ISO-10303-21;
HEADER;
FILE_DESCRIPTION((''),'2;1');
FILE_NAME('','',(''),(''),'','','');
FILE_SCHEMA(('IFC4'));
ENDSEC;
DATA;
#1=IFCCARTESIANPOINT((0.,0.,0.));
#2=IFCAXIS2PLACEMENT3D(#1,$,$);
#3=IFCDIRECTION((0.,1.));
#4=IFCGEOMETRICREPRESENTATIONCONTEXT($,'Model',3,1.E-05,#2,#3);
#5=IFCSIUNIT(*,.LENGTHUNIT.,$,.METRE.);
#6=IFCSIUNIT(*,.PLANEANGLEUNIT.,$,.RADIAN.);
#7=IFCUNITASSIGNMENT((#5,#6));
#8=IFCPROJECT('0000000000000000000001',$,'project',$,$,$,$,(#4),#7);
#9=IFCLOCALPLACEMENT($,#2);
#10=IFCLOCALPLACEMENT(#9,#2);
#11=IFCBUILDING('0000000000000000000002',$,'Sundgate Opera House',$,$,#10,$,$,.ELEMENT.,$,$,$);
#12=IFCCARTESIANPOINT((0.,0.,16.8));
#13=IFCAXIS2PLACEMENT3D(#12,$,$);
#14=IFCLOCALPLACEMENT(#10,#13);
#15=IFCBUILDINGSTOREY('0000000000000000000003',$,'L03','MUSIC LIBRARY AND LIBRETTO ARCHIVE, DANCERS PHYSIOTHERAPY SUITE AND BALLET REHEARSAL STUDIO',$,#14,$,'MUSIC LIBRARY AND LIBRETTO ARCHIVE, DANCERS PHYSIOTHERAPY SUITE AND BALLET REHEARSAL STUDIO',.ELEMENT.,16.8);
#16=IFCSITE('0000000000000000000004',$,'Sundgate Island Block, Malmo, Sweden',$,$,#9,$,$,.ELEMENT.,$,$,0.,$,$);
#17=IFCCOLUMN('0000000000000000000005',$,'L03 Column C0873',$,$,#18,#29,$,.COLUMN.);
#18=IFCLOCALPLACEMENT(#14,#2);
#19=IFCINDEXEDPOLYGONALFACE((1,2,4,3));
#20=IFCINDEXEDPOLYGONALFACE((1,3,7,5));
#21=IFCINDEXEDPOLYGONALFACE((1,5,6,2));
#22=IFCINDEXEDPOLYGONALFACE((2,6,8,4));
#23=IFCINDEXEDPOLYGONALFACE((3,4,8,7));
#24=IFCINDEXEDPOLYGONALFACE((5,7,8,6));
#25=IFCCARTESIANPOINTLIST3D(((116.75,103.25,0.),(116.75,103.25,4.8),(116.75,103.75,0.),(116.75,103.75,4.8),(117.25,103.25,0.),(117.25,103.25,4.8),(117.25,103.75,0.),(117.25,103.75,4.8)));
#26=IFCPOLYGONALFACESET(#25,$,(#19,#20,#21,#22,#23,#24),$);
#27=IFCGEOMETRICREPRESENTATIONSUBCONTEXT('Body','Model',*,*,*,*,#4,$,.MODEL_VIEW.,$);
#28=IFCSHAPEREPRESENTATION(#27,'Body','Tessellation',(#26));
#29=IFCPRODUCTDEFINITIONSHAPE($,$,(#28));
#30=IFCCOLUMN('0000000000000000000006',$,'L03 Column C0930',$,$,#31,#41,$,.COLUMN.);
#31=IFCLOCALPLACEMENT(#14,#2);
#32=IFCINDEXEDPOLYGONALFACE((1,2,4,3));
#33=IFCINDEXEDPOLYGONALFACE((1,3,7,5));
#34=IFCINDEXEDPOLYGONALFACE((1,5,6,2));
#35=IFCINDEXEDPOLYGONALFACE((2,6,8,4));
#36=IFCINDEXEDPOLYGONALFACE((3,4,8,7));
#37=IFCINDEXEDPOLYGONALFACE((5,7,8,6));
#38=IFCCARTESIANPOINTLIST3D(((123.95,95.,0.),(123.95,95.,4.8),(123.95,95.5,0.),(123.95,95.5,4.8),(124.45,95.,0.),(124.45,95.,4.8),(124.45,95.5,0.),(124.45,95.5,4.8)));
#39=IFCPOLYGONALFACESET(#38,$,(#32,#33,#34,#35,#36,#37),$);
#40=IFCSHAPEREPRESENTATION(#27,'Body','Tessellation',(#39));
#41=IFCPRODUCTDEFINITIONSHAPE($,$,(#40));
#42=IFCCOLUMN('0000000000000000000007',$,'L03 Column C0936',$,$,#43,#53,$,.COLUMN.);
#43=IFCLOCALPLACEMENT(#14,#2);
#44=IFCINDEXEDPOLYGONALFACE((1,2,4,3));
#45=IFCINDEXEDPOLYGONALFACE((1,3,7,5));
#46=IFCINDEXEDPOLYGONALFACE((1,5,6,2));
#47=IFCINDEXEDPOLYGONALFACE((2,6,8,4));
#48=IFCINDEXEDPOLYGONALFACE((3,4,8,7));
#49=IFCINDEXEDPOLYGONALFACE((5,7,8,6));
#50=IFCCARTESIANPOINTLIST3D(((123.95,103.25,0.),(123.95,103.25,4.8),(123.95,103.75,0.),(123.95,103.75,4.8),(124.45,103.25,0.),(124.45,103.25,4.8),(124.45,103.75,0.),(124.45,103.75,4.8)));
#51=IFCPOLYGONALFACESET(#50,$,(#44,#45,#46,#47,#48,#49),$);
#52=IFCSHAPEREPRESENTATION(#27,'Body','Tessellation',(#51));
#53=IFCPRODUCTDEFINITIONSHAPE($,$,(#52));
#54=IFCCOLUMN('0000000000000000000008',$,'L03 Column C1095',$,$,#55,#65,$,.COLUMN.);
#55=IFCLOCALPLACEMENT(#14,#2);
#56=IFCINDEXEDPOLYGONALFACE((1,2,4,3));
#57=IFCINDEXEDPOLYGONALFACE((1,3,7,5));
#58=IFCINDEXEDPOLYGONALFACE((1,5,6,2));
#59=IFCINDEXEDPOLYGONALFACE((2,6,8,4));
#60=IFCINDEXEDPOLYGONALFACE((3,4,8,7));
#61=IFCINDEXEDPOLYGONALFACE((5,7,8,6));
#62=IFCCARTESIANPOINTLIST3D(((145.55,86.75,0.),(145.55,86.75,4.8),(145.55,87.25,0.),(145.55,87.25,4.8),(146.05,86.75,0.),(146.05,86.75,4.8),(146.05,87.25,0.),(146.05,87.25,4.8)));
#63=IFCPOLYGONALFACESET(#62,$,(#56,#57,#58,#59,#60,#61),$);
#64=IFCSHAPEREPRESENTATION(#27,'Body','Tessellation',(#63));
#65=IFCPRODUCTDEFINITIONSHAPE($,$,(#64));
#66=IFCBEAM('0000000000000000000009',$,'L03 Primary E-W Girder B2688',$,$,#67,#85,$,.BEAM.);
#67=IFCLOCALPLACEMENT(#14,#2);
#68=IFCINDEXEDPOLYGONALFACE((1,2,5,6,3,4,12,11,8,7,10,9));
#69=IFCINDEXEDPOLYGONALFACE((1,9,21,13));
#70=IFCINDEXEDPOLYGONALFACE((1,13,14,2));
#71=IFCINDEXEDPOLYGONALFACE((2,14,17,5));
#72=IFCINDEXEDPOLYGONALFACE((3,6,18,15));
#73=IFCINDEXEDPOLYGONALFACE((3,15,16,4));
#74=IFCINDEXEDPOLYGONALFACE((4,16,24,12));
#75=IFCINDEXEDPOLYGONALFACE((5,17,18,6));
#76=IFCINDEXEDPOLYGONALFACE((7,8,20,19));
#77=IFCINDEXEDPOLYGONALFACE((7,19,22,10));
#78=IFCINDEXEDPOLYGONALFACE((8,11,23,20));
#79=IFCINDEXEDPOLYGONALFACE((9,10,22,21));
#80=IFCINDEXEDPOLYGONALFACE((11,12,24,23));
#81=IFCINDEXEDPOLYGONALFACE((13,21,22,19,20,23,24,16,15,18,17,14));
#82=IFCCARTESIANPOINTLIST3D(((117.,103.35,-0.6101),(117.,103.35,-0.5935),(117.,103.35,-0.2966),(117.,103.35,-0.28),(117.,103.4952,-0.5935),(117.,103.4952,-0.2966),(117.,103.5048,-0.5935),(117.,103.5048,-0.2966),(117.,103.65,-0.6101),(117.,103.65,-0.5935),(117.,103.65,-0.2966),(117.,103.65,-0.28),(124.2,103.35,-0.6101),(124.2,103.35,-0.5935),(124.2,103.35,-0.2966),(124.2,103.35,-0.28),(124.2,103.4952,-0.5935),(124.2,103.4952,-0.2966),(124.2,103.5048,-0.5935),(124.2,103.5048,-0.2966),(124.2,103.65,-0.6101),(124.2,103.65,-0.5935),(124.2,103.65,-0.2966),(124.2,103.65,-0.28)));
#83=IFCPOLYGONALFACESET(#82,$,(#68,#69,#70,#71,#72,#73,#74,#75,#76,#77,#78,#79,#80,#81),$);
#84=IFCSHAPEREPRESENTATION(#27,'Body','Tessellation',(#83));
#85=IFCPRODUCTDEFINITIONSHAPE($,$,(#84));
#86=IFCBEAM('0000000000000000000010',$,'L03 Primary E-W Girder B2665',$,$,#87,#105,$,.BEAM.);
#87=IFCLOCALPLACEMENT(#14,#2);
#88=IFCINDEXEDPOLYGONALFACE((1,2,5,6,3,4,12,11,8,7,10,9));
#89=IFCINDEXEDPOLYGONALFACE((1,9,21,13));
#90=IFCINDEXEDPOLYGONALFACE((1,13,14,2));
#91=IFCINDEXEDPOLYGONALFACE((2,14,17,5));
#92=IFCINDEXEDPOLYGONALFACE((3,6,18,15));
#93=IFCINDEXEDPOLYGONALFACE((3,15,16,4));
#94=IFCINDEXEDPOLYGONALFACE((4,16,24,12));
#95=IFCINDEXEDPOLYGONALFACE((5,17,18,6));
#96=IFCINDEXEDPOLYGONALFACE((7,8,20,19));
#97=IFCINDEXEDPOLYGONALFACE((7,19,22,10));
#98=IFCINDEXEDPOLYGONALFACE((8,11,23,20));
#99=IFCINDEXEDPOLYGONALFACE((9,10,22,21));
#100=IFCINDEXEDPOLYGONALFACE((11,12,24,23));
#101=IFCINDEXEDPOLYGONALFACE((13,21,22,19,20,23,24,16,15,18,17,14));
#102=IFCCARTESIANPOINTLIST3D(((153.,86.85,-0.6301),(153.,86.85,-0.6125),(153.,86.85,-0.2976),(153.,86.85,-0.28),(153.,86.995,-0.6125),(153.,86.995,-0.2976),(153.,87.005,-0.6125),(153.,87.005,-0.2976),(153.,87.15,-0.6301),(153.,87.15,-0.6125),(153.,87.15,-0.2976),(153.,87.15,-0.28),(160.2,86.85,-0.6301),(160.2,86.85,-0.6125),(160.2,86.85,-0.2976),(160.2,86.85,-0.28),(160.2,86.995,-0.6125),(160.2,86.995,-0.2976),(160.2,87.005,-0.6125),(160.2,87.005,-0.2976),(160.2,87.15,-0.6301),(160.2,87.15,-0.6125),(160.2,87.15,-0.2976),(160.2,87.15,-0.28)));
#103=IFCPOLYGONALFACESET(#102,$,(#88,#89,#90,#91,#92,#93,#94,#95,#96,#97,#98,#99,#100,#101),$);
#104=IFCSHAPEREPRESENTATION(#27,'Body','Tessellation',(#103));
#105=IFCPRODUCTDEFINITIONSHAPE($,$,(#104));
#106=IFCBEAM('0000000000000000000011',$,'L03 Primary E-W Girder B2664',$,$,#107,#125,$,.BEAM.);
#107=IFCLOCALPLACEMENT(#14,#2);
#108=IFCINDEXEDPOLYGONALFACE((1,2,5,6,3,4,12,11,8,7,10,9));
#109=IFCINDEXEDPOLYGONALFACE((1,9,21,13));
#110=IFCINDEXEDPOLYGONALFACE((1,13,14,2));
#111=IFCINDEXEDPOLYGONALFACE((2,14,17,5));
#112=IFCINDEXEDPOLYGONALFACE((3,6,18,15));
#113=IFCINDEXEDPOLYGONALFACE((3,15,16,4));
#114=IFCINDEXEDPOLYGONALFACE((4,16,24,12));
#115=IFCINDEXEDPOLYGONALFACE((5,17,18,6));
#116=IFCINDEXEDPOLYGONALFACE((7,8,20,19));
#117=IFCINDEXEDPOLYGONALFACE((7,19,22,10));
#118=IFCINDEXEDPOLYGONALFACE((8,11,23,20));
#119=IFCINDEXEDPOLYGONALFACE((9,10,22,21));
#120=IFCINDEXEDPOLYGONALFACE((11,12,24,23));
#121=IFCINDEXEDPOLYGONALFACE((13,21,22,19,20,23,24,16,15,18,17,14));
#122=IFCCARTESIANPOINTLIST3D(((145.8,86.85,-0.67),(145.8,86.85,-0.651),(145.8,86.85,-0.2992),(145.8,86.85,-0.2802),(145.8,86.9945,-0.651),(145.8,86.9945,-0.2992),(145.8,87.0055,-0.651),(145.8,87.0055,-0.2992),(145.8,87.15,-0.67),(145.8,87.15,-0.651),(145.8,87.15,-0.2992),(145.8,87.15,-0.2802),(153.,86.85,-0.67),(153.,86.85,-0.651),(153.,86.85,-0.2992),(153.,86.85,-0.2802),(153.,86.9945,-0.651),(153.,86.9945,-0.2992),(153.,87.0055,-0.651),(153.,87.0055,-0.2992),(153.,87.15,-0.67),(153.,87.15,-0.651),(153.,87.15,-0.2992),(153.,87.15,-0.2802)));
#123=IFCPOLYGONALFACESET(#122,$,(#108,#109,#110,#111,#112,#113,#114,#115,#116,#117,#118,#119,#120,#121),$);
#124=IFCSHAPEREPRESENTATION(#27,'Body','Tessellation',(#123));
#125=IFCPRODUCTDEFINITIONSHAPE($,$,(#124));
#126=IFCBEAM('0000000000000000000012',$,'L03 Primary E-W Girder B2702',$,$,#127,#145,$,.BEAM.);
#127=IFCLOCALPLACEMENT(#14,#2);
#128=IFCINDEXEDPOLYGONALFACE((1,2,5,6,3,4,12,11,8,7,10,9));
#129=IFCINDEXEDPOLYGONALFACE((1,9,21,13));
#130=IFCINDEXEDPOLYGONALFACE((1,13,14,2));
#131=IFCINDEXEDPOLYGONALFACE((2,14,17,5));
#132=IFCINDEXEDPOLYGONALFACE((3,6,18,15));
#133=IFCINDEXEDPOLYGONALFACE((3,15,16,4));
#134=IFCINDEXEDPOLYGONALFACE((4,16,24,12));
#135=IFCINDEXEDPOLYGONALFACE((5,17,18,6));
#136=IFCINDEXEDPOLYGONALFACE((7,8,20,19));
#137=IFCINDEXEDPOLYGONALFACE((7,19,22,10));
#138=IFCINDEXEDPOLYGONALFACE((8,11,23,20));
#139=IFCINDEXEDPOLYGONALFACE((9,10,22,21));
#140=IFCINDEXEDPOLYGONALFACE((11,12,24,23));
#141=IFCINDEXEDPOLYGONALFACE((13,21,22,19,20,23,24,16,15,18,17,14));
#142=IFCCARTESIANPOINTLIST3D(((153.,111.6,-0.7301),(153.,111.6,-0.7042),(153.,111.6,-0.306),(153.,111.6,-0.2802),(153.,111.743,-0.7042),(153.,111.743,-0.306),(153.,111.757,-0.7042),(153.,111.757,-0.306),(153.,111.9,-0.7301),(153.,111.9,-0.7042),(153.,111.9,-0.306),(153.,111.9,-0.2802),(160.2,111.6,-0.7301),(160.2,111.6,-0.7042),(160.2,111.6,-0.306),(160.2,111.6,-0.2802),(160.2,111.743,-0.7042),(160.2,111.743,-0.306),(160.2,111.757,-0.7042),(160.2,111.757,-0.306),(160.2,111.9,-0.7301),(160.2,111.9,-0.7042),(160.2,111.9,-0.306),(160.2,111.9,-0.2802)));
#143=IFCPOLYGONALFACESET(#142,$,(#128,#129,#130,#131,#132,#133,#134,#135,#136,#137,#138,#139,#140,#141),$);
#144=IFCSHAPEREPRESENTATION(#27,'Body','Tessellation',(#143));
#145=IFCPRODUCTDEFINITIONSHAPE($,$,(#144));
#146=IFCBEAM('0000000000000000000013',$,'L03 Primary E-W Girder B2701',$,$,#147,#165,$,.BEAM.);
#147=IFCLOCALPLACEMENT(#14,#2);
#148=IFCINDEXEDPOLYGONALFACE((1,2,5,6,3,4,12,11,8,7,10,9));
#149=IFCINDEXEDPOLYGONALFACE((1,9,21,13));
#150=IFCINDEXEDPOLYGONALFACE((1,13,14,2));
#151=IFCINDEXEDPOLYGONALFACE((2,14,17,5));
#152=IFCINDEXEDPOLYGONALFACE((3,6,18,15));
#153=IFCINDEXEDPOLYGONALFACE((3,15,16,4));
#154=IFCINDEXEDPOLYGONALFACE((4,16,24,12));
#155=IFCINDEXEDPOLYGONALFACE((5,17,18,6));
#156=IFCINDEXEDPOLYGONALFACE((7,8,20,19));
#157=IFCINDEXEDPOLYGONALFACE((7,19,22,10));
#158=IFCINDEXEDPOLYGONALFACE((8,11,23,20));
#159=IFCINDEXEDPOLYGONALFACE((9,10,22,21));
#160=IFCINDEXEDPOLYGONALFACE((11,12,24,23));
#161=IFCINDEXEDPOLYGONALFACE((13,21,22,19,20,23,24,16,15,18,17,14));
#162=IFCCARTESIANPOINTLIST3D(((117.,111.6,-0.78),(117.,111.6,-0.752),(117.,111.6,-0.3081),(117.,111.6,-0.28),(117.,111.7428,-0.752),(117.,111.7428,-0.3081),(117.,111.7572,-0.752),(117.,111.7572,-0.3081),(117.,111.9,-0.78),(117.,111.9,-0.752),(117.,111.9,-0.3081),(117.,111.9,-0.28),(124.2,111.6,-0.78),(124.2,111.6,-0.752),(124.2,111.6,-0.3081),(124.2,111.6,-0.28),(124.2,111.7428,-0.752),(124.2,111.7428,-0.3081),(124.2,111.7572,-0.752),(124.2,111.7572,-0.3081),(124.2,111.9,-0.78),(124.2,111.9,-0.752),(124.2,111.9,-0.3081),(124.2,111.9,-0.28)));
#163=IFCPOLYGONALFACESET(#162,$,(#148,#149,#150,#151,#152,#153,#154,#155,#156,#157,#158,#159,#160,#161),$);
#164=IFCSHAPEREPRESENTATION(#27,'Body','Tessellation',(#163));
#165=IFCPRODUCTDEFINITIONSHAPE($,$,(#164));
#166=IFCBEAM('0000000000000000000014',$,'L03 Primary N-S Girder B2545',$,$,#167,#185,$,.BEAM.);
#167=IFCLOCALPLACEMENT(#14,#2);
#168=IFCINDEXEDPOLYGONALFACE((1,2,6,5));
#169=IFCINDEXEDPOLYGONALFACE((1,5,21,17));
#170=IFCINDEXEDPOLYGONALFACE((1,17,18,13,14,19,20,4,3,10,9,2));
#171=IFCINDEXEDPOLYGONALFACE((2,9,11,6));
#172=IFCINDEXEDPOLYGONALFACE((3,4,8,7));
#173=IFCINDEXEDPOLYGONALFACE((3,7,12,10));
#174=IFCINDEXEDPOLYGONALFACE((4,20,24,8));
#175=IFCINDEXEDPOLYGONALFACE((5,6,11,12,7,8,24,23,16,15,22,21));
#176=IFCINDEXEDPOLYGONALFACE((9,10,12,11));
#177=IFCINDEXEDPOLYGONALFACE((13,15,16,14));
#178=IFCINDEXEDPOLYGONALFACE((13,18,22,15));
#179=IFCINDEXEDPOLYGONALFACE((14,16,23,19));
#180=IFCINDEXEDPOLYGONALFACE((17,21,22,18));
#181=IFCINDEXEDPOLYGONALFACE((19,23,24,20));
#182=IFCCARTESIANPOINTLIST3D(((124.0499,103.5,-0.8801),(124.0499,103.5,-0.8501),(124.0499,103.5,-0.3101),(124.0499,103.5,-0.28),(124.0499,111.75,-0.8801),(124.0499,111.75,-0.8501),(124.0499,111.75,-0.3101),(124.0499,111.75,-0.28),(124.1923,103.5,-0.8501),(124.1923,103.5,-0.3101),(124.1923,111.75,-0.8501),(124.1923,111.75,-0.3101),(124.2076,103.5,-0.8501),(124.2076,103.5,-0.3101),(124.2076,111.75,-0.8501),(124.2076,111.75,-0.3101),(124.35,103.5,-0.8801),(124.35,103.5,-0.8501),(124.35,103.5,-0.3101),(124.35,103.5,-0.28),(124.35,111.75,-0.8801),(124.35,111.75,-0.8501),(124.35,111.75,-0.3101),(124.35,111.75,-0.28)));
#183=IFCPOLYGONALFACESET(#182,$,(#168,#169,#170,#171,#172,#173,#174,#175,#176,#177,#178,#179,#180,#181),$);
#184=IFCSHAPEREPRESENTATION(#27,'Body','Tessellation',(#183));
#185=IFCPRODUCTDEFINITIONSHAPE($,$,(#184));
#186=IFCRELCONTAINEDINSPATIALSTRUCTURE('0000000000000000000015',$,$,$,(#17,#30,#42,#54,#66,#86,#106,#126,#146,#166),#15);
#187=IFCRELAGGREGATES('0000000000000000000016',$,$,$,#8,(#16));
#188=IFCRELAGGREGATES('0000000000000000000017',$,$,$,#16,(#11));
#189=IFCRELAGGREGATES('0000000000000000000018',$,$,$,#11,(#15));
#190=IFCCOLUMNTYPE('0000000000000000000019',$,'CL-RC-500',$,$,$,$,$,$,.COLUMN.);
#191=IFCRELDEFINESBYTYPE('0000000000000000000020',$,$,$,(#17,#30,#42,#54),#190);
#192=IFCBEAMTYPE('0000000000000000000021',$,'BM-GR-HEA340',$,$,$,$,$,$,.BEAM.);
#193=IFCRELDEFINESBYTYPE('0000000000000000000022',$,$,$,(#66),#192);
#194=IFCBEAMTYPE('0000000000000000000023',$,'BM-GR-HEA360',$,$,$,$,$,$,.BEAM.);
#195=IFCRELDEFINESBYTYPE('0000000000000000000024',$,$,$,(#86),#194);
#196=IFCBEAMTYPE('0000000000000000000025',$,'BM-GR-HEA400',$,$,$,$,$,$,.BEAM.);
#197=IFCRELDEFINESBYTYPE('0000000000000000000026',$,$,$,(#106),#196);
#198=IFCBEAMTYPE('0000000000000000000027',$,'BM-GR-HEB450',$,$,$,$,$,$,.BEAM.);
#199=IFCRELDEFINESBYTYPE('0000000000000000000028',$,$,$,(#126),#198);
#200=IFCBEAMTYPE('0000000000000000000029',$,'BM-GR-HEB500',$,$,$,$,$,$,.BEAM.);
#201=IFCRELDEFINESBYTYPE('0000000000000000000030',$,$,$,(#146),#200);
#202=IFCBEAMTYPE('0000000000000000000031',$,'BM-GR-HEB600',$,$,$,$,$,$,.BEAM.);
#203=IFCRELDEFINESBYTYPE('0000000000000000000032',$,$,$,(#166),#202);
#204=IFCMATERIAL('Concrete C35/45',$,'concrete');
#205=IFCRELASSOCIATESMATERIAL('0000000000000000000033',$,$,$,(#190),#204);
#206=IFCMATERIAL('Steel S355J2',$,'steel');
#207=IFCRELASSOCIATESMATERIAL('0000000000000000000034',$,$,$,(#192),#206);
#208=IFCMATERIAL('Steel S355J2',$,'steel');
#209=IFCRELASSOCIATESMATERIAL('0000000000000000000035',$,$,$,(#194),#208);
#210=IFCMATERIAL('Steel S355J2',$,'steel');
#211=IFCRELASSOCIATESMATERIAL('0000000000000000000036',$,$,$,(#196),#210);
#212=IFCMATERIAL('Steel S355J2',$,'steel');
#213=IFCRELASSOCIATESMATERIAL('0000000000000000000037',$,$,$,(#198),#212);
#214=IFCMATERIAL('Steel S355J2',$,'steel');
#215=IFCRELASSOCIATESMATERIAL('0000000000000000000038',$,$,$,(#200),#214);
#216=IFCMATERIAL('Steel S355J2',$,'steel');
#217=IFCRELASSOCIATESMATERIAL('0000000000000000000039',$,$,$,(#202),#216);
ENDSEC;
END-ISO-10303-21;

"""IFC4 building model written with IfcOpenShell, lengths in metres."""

from ifc_helpers import new_model, si_unit, direction, frame, origin, origin_2d, place, context, subcontext, project, spatial, rectangle, i_section, extrude, material, material_profile, profile_set, type_object, element, save


model = new_model("IFC4")

# Units and contexts
model_context = context("Model", 3, precision=1e-05, world=origin(), true_north=direction((0.0, 1.0)))
body_context = subcontext(model_context, "Body", "Model", "MODEL_VIEW")
ifc_project = project(units=[si_unit("LENGTHUNIT", "METRE"), si_unit("PLANEANGLEUNIT", "RADIAN")], contexts=[model_context])

# Site, building, storey
site_placement = place(None, origin())
site = spatial("IfcSite", under=ifc_project, at=site_placement, Name="Sundgate Island Block, Malmo, Sweden", CompositionType="ELEMENT", RefElevation=0.0)
building_placement = place(site_placement, origin())
building = spatial("IfcBuilding", under=site, at=building_placement, Name="Sundgate Opera House", CompositionType="ELEMENT")
storey_placement = place(building_placement, frame((0.0, 0.0, 16.8)))
storey = spatial("IfcBuildingStorey", under=building, at=storey_placement, Name="L03", Description="MUSIC LIBRARY AND LIBRETTO ARCHIVE, DANCERS PHYSIOTHERAPY SUITE AND BALLET REHEARSAL STUDIO", LongName="MUSIC LIBRARY AND LIBRETTO ARCHIVE, DANCERS PHYSIOTHERAPY SUITE AND BALLET REHEARSAL STUDIO", CompositionType="ELEMENT", Elevation=16.8)

# Columns
ifc_material_1 = material(Name="Concrete C35/45", Category="concrete")
ifc_material_profile_1 = material_profile(ifc_material_1, rectangle(XDim=0.5, YDim=0.5, at=origin_2d()), Name="RC 500x500")
ifc_profile_set_1 = profile_set([ifc_material_profile_1], Name="Concrete C35/45")
column_type = type_object("IfcColumnType", Name="CL-RC-500", PredefinedType="COLUMN", material=ifc_profile_set_1)
for number, where, z_axis, x_axis, name in (
    (1, (117.0, 103.5, 0.0), (0.0, 0.0, 1.0), (1.0, 0.0, 0.0), "L03 Column C0873"),
    (2, (124.2, 95.25, 0.0), (0.0, 0.0, 1.0), (1.0, 0.0, 0.0), "L03 Column C0930"),
    (3, (124.2, 103.5, 0.0), (0.0, 0.0, 1.0), (1.0, 0.0, 0.0), "L03 Column C0936"),
    (4, (145.8, 87.0, 0.0), (0.0, 0.0, 1.0), (1.0, 0.0, 0.0), "L03 Column C1095"),
):
    element("IfcColumn", number, at=place(storey_placement, frame(where, z_axis=z_axis, x_axis=x_axis)), inside=storey, type_object=column_type, Name=name, PredefinedType="COLUMN", context=body_context, shape_type="SweptSolid", body=[
        extrude(rectangle(XDim=0.5, YDim=0.5, at=origin_2d()), origin(), (0.0, 0.0, 1.0), 4.8),
    ])

# Beams
ifc_material_2 = material(Name="Steel S355J2", Category="steel")
ifc_material_profile_2 = material_profile(ifc_material_2, i_section(OverallWidth=0.3, OverallDepth=0.3301, WebThickness=0.0095, FlangeThickness=0.0166, at=origin_2d()), Name="HEA 340")
ifc_profile_set_2 = profile_set([ifc_material_profile_2], Name="Steel S355J2")
beam_type_1 = type_object("IfcBeamType", Name="BM-GR-HEA340", PredefinedType="BEAM", material=ifc_profile_set_2)
beam_1_placement = place(storey_placement, frame((117.0, 103.5, -0.4451), z_axis=(1.0, 0.0, 0.0), x_axis=(0.0, 1.0, 0.0)))
element("IfcBeam", 5, at=beam_1_placement, inside=storey, type_object=beam_type_1, Name="L03 Primary E-W Girder B2688", PredefinedType="BEAM", context=body_context, shape_type="SweptSolid", body=[
    extrude(i_section(OverallWidth=0.3, OverallDepth=0.3301, WebThickness=0.0095, FlangeThickness=0.0166, at=origin_2d()), origin(), (0.0, 0.0, 1.0), 7.2),
])
ifc_material_3 = material(Name="Steel S355J2", Category="steel")
ifc_material_profile_3 = material_profile(ifc_material_3, i_section(OverallWidth=0.3, OverallDepth=0.3501, WebThickness=0.01, FlangeThickness=0.0176, at=origin_2d()), Name="HEA 360")
ifc_profile_set_3 = profile_set([ifc_material_profile_3], Name="Steel S355J2")
beam_type_2 = type_object("IfcBeamType", Name="BM-GR-HEA360", PredefinedType="BEAM", material=ifc_profile_set_3)
beam_2_placement = place(storey_placement, frame((153.0, 87.0, -0.4551), z_axis=(1.0, 0.0, 0.0), x_axis=(0.0, 1.0, 0.0)))
element("IfcBeam", 6, at=beam_2_placement, inside=storey, type_object=beam_type_2, Name="L03 Primary E-W Girder B2665", PredefinedType="BEAM", context=body_context, shape_type="SweptSolid", body=[
    extrude(i_section(OverallWidth=0.3, OverallDepth=0.3501, WebThickness=0.01, FlangeThickness=0.0176, at=origin_2d()), origin(), (0.0, 0.0, 1.0), 7.2),
])
ifc_material_4 = material(Name="Steel S355J2", Category="steel")
ifc_material_profile_4 = material_profile(ifc_material_4, i_section(OverallWidth=0.3, OverallDepth=0.3899, WebThickness=0.011, FlangeThickness=0.019, at=origin_2d()), Name="HEA 400")
ifc_profile_set_4 = profile_set([ifc_material_profile_4], Name="Steel S355J2")
beam_type_3 = type_object("IfcBeamType", Name="BM-GR-HEA400", PredefinedType="BEAM", material=ifc_profile_set_4)
beam_3_placement = place(storey_placement, frame((145.8, 87.0, -0.4751), z_axis=(1.0, 0.0, 0.0), x_axis=(0.0, 1.0, 0.0)))
element("IfcBeam", 7, at=beam_3_placement, inside=storey, type_object=beam_type_3, Name="L03 Primary E-W Girder B2664", PredefinedType="BEAM", context=body_context, shape_type="SweptSolid", body=[
    extrude(i_section(OverallWidth=0.3, OverallDepth=0.3899, WebThickness=0.011, FlangeThickness=0.019, at=origin_2d()), origin(), (0.0, 0.0, 1.0), 7.2),
])
ifc_material_5 = material(Name="Steel S355J2", Category="steel")
ifc_material_profile_5 = material_profile(ifc_material_5, i_section(OverallWidth=0.3, OverallDepth=0.45, WebThickness=0.0139, FlangeThickness=0.0259, at=origin_2d()), Name="HEB 450")
ifc_profile_set_5 = profile_set([ifc_material_profile_5], Name="Steel S355J2")
beam_type_4 = type_object("IfcBeamType", Name="BM-GR-HEB450", PredefinedType="BEAM", material=ifc_profile_set_5)
beam_4_placement = place(storey_placement, frame((153.0, 111.75, -0.5051), z_axis=(1.0, 0.0, 0.0), x_axis=(0.0, 1.0, 0.0)))
element("IfcBeam", 8, at=beam_4_placement, inside=storey, type_object=beam_type_4, Name="L03 Primary E-W Girder B2702", PredefinedType="BEAM", context=body_context, shape_type="SweptSolid", body=[
    extrude(i_section(OverallWidth=0.3, OverallDepth=0.45, WebThickness=0.0139, FlangeThickness=0.0259, at=origin_2d()), origin(), (0.0, 0.0, 1.0), 7.2),
])
ifc_material_6 = material(Name="Steel S355J2", Category="steel")
ifc_material_profile_6 = material_profile(ifc_material_6, i_section(OverallWidth=0.3, OverallDepth=0.5, WebThickness=0.0144, FlangeThickness=0.0281, at=origin_2d()), Name="HEB 500")
ifc_profile_set_6 = profile_set([ifc_material_profile_6], Name="Steel S355J2")
beam_type_5 = type_object("IfcBeamType", Name="BM-GR-HEB500", PredefinedType="BEAM", material=ifc_profile_set_6)
beam_5_placement = place(storey_placement, frame((117.0, 111.75, -0.53), z_axis=(1.0, 0.0, 0.0), x_axis=(0.0, 1.0, 0.0)))
element("IfcBeam", 9, at=beam_5_placement, inside=storey, type_object=beam_type_5, Name="L03 Primary E-W Girder B2701", PredefinedType="BEAM", context=body_context, shape_type="SweptSolid", body=[
    extrude(i_section(OverallWidth=0.3, OverallDepth=0.5, WebThickness=0.0144, FlangeThickness=0.0281, at=origin_2d()), origin(), (0.0, 0.0, 1.0), 7.2),
])
ifc_material_7 = material(Name="Steel S355J2", Category="steel")
ifc_material_profile_7 = material_profile(ifc_material_7, i_section(OverallWidth=0.3, OverallDepth=0.6001, WebThickness=0.0154, FlangeThickness=0.03, at=origin_2d()), Name="HEB 600")
ifc_profile_set_7 = profile_set([ifc_material_profile_7], Name="Steel S355J2")
beam_type_6 = type_object("IfcBeamType", Name="BM-GR-HEB600", PredefinedType="BEAM", material=ifc_profile_set_7)
beam_6_placement = place(storey_placement, frame((124.2, 103.5, -0.5801), z_axis=(0.0, 1.0, 0.0), x_axis=(-1.0, 0.0, 0.0)))
element("IfcBeam", 10, at=beam_6_placement, inside=storey, type_object=beam_type_6, Name="L03 Primary N-S Girder B2545", PredefinedType="BEAM", context=body_context, shape_type="SweptSolid", body=[
    extrude(i_section(OverallWidth=0.3, OverallDepth=0.6001, WebThickness=0.0154, FlangeThickness=0.03, at=origin_2d()), origin(), (0.0, 0.0, 1.0), 8.25),
])

save(model, "model.ifc")
